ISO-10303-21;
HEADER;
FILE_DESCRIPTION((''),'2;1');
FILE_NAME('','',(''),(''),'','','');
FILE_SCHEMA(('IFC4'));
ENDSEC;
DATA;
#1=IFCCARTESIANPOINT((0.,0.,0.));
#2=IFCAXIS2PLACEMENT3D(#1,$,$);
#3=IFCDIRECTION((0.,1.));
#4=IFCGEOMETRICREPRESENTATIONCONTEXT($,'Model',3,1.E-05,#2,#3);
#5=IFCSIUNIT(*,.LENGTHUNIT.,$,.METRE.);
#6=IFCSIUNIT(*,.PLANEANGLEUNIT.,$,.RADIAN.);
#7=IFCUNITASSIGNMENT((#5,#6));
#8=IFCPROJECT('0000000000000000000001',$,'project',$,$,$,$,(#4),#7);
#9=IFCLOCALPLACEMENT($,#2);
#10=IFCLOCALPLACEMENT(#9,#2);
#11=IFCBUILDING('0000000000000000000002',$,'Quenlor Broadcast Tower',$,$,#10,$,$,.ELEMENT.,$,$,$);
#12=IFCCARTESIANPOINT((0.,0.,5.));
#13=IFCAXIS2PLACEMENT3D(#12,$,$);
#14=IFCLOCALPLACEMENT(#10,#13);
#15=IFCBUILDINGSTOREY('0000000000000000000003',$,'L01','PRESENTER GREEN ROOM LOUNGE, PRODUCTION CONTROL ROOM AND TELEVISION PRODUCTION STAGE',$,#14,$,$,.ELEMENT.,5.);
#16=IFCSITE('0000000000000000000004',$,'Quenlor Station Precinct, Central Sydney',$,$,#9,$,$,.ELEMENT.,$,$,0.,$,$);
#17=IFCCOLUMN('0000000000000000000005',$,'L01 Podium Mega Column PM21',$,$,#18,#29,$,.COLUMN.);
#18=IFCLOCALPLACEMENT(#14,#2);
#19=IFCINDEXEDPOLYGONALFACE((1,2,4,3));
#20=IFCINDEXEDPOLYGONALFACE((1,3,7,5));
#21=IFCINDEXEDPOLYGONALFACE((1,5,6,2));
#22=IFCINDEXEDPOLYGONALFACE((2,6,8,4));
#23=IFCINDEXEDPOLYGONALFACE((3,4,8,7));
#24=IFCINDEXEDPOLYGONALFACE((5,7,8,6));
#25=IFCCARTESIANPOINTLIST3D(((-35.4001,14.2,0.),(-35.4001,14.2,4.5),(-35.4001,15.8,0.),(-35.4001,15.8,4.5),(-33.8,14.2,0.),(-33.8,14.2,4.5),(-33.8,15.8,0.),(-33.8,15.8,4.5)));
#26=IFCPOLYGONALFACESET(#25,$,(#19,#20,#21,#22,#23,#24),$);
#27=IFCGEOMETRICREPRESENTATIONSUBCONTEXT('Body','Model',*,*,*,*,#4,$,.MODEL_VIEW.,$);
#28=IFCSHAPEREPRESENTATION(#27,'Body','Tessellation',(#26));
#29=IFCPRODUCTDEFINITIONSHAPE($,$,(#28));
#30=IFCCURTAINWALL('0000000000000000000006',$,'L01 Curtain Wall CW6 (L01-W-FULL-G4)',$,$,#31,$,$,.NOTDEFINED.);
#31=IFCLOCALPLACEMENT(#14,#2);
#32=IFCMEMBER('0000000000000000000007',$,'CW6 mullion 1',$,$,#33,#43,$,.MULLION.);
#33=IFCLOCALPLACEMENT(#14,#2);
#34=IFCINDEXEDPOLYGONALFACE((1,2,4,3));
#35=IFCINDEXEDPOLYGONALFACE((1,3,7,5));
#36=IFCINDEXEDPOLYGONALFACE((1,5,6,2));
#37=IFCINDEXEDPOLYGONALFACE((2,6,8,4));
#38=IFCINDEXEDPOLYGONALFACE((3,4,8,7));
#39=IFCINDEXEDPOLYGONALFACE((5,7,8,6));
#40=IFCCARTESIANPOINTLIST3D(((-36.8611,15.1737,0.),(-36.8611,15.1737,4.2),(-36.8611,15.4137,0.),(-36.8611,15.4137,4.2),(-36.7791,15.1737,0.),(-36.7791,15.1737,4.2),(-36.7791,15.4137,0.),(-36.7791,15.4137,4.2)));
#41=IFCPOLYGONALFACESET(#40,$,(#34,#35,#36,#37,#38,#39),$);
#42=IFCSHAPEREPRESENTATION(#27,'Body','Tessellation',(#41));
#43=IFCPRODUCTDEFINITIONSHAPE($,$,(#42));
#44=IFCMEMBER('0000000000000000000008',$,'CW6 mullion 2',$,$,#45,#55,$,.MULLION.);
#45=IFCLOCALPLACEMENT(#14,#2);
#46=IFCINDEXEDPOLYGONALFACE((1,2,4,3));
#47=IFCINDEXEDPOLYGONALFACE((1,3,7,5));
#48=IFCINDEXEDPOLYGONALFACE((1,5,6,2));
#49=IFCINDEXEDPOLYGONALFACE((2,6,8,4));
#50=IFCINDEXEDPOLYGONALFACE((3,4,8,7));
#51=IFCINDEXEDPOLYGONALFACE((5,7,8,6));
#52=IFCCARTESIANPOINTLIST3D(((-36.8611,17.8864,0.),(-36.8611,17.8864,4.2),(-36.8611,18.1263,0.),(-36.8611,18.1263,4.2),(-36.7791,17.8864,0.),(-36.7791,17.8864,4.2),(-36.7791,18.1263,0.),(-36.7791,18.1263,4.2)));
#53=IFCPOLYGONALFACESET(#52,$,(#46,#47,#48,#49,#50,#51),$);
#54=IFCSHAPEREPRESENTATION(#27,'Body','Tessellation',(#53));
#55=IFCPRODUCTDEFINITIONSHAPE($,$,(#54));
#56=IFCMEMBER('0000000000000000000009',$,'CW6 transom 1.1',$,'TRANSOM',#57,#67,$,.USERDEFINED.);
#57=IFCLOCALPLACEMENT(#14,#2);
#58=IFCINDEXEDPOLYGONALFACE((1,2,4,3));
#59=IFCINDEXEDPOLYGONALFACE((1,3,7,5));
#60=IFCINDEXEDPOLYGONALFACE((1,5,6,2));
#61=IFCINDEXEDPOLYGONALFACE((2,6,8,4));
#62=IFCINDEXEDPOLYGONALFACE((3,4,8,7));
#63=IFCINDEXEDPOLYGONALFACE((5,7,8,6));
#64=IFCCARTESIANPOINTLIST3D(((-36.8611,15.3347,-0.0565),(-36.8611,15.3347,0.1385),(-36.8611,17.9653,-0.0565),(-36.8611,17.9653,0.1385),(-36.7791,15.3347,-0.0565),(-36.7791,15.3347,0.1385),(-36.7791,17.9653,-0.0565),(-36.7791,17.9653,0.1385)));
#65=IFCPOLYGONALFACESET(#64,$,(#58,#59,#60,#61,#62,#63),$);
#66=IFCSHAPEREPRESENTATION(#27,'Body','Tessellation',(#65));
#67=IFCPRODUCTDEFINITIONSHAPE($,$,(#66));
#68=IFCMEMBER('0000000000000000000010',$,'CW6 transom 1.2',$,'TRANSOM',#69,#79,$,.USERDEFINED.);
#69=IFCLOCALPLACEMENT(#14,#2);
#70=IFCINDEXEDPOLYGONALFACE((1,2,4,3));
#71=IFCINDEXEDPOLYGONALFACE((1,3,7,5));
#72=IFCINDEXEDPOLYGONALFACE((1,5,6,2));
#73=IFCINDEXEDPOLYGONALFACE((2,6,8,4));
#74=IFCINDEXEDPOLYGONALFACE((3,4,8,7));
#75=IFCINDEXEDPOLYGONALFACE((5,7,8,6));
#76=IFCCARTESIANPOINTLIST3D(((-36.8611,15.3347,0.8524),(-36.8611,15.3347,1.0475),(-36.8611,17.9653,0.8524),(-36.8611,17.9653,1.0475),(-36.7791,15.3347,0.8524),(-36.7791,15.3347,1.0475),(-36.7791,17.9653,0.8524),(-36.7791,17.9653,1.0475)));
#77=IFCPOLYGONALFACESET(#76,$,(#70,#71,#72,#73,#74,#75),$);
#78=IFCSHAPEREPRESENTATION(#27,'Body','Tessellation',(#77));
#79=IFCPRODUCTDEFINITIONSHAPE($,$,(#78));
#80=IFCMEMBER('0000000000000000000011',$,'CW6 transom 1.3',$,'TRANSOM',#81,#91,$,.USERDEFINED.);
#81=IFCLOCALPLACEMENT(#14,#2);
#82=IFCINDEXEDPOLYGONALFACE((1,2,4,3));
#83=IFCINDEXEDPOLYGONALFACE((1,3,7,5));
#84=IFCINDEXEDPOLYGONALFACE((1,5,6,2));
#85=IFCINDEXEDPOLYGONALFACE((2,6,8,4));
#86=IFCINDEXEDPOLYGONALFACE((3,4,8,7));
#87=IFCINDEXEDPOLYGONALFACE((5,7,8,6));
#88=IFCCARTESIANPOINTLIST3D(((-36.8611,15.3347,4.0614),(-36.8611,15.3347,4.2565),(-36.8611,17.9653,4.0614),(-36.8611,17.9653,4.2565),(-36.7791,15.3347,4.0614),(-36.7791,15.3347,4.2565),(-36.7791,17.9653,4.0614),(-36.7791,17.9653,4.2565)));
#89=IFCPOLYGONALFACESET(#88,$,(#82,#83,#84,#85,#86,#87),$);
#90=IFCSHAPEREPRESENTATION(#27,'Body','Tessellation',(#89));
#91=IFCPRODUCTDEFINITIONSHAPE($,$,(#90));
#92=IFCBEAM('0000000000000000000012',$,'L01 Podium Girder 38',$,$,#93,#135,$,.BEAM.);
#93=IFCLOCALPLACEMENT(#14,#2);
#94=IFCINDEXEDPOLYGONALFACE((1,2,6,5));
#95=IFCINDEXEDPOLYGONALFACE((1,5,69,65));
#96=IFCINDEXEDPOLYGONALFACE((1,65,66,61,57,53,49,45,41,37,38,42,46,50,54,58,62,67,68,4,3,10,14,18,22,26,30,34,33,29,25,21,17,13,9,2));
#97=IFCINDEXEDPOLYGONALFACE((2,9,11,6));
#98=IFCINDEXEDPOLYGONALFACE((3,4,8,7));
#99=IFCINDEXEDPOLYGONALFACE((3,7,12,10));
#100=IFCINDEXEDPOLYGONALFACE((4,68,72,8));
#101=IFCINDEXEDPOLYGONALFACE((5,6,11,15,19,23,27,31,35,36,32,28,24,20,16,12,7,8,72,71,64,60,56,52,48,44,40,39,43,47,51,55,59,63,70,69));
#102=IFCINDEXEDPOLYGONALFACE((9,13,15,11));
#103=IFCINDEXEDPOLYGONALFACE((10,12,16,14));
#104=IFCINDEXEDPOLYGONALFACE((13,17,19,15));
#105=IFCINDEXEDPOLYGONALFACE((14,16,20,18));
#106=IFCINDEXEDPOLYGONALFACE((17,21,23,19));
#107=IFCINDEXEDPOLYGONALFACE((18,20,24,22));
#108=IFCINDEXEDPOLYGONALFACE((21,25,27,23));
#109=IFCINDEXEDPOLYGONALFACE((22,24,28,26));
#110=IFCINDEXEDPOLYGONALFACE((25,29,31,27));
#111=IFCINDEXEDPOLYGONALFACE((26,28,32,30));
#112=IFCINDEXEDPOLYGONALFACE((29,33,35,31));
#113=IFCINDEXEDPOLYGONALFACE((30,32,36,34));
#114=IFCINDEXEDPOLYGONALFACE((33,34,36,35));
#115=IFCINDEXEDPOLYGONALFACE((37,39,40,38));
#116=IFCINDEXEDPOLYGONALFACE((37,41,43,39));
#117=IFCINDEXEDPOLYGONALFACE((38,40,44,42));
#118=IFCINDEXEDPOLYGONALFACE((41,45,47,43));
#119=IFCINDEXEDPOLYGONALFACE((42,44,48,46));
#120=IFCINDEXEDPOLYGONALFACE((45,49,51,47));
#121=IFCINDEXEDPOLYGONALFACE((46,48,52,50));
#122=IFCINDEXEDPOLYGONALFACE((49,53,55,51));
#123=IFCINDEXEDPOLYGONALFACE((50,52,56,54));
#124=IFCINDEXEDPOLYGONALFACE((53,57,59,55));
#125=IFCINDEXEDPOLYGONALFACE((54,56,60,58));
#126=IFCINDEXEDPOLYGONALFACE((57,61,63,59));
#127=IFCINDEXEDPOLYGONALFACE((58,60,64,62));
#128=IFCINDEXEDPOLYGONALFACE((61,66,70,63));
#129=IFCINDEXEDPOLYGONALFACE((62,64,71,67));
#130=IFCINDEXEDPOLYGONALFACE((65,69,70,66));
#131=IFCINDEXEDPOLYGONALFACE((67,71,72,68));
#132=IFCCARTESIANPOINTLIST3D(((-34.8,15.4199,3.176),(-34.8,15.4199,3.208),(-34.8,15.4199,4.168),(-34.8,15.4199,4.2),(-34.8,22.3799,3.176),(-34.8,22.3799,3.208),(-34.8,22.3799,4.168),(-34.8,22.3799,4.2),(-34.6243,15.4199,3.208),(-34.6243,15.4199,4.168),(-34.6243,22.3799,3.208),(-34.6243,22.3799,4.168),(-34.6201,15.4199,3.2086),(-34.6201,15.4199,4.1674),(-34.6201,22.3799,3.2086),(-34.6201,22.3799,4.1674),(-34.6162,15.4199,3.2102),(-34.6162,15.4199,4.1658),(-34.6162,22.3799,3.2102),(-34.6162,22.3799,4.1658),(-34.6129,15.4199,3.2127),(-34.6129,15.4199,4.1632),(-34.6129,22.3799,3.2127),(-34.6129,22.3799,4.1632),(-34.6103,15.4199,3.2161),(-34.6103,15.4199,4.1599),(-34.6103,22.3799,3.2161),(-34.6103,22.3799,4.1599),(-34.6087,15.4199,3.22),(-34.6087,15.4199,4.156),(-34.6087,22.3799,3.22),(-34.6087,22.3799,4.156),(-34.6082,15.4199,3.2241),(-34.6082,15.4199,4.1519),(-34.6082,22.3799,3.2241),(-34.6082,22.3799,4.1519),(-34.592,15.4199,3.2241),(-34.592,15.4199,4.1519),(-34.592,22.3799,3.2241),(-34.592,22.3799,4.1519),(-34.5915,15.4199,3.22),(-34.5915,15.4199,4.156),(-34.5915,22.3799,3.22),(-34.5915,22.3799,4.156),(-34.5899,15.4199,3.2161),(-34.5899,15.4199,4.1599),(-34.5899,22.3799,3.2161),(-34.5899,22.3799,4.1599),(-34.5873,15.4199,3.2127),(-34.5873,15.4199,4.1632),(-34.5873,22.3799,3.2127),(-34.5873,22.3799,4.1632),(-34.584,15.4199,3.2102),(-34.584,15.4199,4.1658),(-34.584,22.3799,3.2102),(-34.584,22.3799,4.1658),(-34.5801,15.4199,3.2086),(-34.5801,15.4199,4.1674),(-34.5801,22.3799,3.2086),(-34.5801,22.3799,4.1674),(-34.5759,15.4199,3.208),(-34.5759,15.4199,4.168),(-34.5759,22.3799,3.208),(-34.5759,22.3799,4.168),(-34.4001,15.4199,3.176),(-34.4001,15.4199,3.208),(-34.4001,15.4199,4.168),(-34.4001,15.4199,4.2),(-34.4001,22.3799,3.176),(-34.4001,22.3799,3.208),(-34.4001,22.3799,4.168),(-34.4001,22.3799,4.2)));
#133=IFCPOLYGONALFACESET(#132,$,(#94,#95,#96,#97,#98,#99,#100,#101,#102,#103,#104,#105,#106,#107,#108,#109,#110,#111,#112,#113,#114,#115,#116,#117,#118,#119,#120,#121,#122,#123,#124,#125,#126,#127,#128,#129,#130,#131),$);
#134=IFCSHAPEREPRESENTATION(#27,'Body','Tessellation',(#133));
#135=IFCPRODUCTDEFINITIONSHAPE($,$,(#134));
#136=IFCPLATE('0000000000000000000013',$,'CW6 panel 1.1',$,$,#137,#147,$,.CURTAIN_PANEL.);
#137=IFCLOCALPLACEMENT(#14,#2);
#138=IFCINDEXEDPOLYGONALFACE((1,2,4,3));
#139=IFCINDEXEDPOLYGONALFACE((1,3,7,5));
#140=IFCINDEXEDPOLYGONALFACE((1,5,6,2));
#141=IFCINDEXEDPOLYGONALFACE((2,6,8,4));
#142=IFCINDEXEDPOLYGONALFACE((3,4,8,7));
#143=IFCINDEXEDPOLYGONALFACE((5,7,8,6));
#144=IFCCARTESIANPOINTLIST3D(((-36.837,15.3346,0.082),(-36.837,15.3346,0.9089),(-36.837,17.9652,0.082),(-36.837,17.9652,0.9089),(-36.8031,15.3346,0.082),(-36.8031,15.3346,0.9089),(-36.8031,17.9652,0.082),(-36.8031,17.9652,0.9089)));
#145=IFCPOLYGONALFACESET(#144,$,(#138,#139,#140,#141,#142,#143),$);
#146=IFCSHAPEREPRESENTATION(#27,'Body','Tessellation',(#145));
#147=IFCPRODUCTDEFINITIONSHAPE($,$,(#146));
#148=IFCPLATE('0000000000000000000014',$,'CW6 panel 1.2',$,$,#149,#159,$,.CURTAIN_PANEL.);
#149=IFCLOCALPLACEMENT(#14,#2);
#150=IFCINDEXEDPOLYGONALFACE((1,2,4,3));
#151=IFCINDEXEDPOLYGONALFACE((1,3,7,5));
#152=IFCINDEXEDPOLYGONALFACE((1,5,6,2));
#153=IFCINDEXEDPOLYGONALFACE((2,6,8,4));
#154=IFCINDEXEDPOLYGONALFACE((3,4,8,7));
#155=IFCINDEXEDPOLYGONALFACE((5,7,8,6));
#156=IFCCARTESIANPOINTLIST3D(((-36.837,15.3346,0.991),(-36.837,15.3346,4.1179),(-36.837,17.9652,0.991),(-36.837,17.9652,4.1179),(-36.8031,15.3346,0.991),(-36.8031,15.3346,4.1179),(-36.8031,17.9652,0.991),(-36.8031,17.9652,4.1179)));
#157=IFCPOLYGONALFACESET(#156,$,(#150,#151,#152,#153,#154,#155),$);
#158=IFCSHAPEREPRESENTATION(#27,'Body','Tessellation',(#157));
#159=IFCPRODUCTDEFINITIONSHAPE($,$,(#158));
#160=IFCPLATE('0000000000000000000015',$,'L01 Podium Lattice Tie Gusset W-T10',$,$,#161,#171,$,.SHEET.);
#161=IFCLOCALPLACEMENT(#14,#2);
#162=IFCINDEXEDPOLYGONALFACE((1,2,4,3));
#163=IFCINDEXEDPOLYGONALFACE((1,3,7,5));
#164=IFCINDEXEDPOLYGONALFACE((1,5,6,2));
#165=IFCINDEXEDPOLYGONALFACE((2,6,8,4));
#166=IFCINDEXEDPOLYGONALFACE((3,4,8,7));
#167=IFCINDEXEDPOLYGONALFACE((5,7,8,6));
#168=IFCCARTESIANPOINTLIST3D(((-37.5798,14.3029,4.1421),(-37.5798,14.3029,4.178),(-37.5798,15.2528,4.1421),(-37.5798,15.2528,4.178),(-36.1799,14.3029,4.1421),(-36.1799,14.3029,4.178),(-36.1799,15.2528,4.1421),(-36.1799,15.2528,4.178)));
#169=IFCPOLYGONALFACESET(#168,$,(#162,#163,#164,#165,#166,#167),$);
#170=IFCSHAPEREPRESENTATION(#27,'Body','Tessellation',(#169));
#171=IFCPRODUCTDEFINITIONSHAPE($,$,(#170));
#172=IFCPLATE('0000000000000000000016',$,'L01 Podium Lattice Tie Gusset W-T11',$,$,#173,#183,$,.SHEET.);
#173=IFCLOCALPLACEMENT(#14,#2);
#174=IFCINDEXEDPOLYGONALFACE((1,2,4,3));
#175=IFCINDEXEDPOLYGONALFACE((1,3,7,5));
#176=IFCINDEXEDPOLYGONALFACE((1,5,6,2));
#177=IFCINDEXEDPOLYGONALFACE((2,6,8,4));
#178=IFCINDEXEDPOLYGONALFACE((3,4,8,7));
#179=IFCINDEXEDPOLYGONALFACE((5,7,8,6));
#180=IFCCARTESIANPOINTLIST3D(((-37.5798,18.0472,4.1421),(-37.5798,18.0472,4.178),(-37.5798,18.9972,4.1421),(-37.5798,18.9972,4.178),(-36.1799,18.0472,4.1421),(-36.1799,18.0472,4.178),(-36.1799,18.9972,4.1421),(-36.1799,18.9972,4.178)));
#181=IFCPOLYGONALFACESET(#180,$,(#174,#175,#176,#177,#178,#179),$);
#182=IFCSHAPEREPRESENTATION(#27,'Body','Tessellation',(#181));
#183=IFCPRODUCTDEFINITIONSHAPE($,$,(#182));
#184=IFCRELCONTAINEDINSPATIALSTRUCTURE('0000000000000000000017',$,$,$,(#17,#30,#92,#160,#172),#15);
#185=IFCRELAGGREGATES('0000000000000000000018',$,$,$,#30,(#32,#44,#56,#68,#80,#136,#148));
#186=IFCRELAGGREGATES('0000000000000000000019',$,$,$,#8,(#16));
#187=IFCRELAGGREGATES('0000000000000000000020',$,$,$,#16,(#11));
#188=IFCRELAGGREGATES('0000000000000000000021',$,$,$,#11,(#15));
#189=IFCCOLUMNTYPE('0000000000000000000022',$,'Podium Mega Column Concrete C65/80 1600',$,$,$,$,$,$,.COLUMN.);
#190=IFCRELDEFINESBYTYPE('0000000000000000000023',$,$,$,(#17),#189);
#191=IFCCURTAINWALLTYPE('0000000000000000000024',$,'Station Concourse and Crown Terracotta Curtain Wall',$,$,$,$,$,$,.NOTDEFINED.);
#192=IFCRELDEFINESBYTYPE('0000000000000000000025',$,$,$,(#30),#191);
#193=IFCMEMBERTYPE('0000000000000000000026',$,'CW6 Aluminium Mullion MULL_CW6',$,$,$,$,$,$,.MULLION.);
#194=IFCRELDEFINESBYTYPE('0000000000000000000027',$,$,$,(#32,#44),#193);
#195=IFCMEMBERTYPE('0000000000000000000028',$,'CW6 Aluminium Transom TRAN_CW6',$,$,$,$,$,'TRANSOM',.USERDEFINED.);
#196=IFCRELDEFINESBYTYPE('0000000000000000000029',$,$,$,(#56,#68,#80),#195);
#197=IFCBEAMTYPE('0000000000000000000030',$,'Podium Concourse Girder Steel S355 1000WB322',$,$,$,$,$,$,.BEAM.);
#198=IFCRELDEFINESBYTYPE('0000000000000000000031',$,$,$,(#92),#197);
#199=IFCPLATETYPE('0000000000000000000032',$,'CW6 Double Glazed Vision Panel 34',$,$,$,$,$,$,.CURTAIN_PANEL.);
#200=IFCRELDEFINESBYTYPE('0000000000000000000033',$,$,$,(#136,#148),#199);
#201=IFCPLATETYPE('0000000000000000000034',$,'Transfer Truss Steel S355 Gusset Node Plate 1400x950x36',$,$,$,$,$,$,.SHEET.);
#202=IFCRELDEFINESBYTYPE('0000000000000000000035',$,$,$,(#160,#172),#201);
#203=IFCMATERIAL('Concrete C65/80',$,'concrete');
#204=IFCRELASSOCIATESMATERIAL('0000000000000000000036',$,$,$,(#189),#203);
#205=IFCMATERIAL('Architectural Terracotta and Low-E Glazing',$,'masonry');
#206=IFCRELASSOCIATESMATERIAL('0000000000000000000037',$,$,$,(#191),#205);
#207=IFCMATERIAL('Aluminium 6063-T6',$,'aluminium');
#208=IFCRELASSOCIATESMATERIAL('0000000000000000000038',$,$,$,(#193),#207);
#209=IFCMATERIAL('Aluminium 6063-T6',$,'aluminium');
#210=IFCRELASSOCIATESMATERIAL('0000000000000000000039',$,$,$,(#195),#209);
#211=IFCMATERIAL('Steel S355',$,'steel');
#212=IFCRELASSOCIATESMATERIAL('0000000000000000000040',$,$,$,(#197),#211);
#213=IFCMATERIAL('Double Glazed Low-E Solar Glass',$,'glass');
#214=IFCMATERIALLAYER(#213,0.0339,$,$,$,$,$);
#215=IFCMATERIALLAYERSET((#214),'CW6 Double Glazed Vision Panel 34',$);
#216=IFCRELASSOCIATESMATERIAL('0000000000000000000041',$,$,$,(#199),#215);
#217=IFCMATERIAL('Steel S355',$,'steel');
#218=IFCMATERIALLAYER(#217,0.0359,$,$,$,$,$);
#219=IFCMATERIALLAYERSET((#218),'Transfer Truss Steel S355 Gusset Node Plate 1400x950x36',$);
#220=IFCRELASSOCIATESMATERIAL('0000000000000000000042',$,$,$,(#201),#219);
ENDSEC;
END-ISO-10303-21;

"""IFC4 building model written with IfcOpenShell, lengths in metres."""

from ifc_helpers import new_model, si_unit, direction, frame, origin, origin_2d, place, context, subcontext, project, spatial, rectangle, i_section, extrude, material, layer, layer_set, material_profile, profile_set, type_object, element, aggregate, save


model = new_model("IFC4")

# Units and contexts
model_context = context("Model", 3, precision=1e-05, world=origin(), true_north=direction((0.0, 1.0)))
body_context = subcontext(model_context, "Body", "Model", "MODEL_VIEW")
ifc_project = project(units=[si_unit("LENGTHUNIT", "METRE"), si_unit("PLANEANGLEUNIT", "RADIAN")], contexts=[model_context])

# Site, building, storey
site_placement = place(None, origin())
site = spatial("IfcSite", under=ifc_project, at=site_placement, Name="Quenlor Station Precinct, Central Sydney", CompositionType="ELEMENT", RefElevation=0.0)
building_placement = place(site_placement, origin())
building = spatial("IfcBuilding", under=site, at=building_placement, Name="Quenlor Broadcast Tower", CompositionType="ELEMENT")
storey_placement = place(building_placement, frame((0.0, 0.0, 5.0)))
storey = spatial("IfcBuildingStorey", under=building, at=storey_placement, Name="L01", Description="PRESENTER GREEN ROOM LOUNGE, PRODUCTION CONTROL ROOM AND TELEVISION PRODUCTION STAGE", CompositionType="ELEMENT", Elevation=5.0)

# Column
ifc_material_1 = material(Name="Concrete C65/80", Category="concrete")
ifc_material_profile_1 = material_profile(ifc_material_1, rectangle(XDim=1.6001, YDim=1.6001, at=origin_2d()))
ifc_profile_set_1 = profile_set([ifc_material_profile_1], Name="Concrete C65/80 RC1600x1600")
column_type = type_object("IfcColumnType", Name="Podium Mega Column Concrete C65/80 1600", PredefinedType="COLUMN", material=ifc_profile_set_1)
column_placement = place(storey_placement, frame((-34.6001, 15.0, 0.0), z_axis=(0.0, 0.0, 1.0), x_axis=(1.0, 0.0, 0.0)))
element("IfcColumn", 1, at=column_placement, inside=storey, type_object=column_type, Name="L01 Podium Mega Column PM21", PredefinedType="COLUMN", context=body_context, shape_type="SweptSolid", body=[
    extrude(rectangle(XDim=1.6001, YDim=1.6001, at=origin_2d()), origin(), (0.0, 0.0, 1.0), 4.5),
])

# Curtain wall, members
ifc_material_2 = material(Name="Architectural Terracotta and Low-E Glazing", Category="masonry")
curtain_wall_type = type_object("IfcCurtainWallType", Name="Station Concourse and Crown Terracotta Curtain Wall", PredefinedType="NOTDEFINED", material=ifc_material_2)
curtain_wall_placement = place(storey_placement, origin())
curtain_wall = element("IfcCurtainWall", 2, at=curtain_wall_placement, inside=storey, type_object=curtain_wall_type, Name="L01 Curtain Wall CW6 (L01-W-FULL-G4)", PredefinedType="NOTDEFINED")
ifc_material_3 = material(Name="Aluminium 6063-T6", Category="aluminium")
ifc_material_profile_2 = material_profile(ifc_material_3, rectangle(XDim=0.082, YDim=0.24, at=origin_2d()))
ifc_profile_set_2 = profile_set([ifc_material_profile_2], Name="Aluminium 6063-T6 MULL82x240")
member_type_1 = type_object("IfcMemberType", Name="CW6 Aluminium Mullion MULL_CW6", PredefinedType="MULLION", material=ifc_profile_set_2)
member_1_placement = place(storey_placement, frame((-36.8201, 15.2937, 0.0), z_axis=(0.0, 0.0, 1.0), x_axis=(-1.0, 0.0, 0.0)))
member_1 = element("IfcMember", 3, at=member_1_placement, type_object=member_type_1, Name="CW6 mullion 1", PredefinedType="MULLION", context=body_context, shape_type="SweptSolid", body=[
    extrude(rectangle(XDim=0.082, YDim=0.24, at=origin_2d()), origin(), (0.0, 0.0, 1.0), 4.2),
])
member_2_placement = place(storey_placement, frame((-36.8201, 18.0063, 0.0), z_axis=(0.0, 0.0, 1.0), x_axis=(-1.0, 0.0, 0.0)))
member_2 = element("IfcMember", 4, at=member_2_placement, type_object=member_type_1, Name="CW6 mullion 2", PredefinedType="MULLION", context=body_context, shape_type="SweptSolid", body=[
    extrude(rectangle(XDim=0.082, YDim=0.24, at=origin_2d()), origin(), (0.0, 0.0, 1.0), 4.2),
])
ifc_material_4 = material(Name="Aluminium 6063-T6", Category="aluminium")
ifc_material_profile_3 = material_profile(ifc_material_4, rectangle(XDim=0.082, YDim=0.1951, at=origin_2d()))
ifc_profile_set_3 = profile_set([ifc_material_profile_3], Name="Aluminium 6063-T6 TRAN82x195")
member_type_2 = type_object("IfcMemberType", Name="CW6 Aluminium Transom TRAN_CW6", ElementType="TRANSOM", PredefinedType="USERDEFINED", material=ifc_profile_set_3)
member_3_placement = place(storey_placement, frame((-36.8201, 15.3347, 0.041), z_axis=(0.0, 1.0, 0.0), x_axis=(-1.0, 0.0, 0.0)))
member_3 = element("IfcMember", 5, at=member_3_placement, type_object=member_type_2, Name="CW6 transom 1.1", ObjectType="TRANSOM", PredefinedType="USERDEFINED", context=body_context, shape_type="SweptSolid", body=[
    extrude(rectangle(XDim=0.082, YDim=0.1951, at=origin_2d()), origin(), (0.0, 0.0, 1.0), 2.6306),
])
member_4_placement = place(storey_placement, frame((-36.8201, 15.3347, 0.95), z_axis=(0.0, 1.0, 0.0), x_axis=(-1.0, 0.0, 0.0)))
member_4 = element("IfcMember", 6, at=member_4_placement, type_object=member_type_2, Name="CW6 transom 1.2", ObjectType="TRANSOM", PredefinedType="USERDEFINED", context=body_context, shape_type="SweptSolid", body=[
    extrude(rectangle(XDim=0.082, YDim=0.1951, at=origin_2d()), origin(), (0.0, 0.0, 1.0), 2.6306),
])
member_5_placement = place(storey_placement, frame((-36.8201, 15.3347, 4.1589), z_axis=(0.0, 1.0, 0.0), x_axis=(-1.0, 0.0, 0.0)))
member_5 = element("IfcMember", 7, at=member_5_placement, type_object=member_type_2, Name="CW6 transom 1.3", ObjectType="TRANSOM", PredefinedType="USERDEFINED", context=body_context, shape_type="SweptSolid", body=[
    extrude(rectangle(XDim=0.082, YDim=0.1951, at=origin_2d()), origin(), (0.0, 0.0, 1.0), 2.6306),
])

# Beam
ifc_material_5 = material(Name="Steel S355", Category="steel")
ifc_material_profile_4 = material_profile(ifc_material_5, i_section(OverallWidth=0.3999, OverallDepth=1.0239, WebThickness=0.0161, FlangeThickness=0.032, FilletRadius=0.0161, at=origin_2d()))
ifc_profile_set_4 = profile_set([ifc_material_profile_4], Name="Steel S355 1000WB322")
beam_type = type_object("IfcBeamType", Name="Podium Concourse Girder Steel S355 1000WB322", PredefinedType="BEAM", material=ifc_profile_set_4)
beam_placement = place(storey_placement, frame((-34.6001, 15.4199, 3.688), z_axis=(0.0, 1.0, 0.0), x_axis=(-1.0, 0.0, 0.0)))
element("IfcBeam", 8, at=beam_placement, inside=storey, type_object=beam_type, Name="L01 Podium Girder 38", PredefinedType="BEAM", context=body_context, shape_type="SweptSolid", body=[
    extrude(i_section(OverallWidth=0.3999, OverallDepth=1.0239, WebThickness=0.0161, FlangeThickness=0.032, FilletRadius=0.0161, at=origin_2d()), origin(), (0.0, 0.0, 1.0), 6.96),
])

# Plates
ifc_material_6 = material(Name="Double Glazed Low-E Solar Glass", Category="glass")
ifc_layer_1 = layer(ifc_material_6, 0.0339)
ifc_layer_set_1 = layer_set([ifc_layer_1], Name="CW6 Double Glazed Vision Panel 34")
plate_type_1 = type_object("IfcPlateType", Name="CW6 Double Glazed Vision Panel 34", PredefinedType="CURTAIN_PANEL", material=ifc_layer_set_1)
plate_1_placement = place(storey_placement, frame((-36.8201, 16.6499, 0.082), z_axis=(0.0, 0.0, 1.0), x_axis=(0.0, 1.0, 0.0)))
plate_1 = element("IfcPlate", 9, at=plate_1_placement, type_object=plate_type_1, Name="CW6 panel 1.1", PredefinedType="CURTAIN_PANEL", context=body_context, shape_type="SweptSolid", body=[
    extrude(rectangle(XDim=2.6306, YDim=0.0339, at=origin_2d()), origin(), (0.0, 0.0, 1.0), 0.8269),
])
plate_2_placement = place(storey_placement, frame((-36.8201, 16.6499, 0.991), z_axis=(0.0, 0.0, 1.0), x_axis=(0.0, 1.0, 0.0)))
plate_2 = element("IfcPlate", 10, at=plate_2_placement, type_object=plate_type_1, Name="CW6 panel 1.2", PredefinedType="CURTAIN_PANEL", context=body_context, shape_type="SweptSolid", body=[
    extrude(rectangle(XDim=2.6306, YDim=0.0339, at=origin_2d()), origin(), (0.0, 0.0, 1.0), 3.127),
])
aggregate(curtain_wall, [member_1, member_2, member_3, member_4, member_5, plate_1, plate_2])

# Plates
ifc_material_7 = material(Name="Steel S355", Category="steel")
ifc_layer_2 = layer(ifc_material_7, 0.0359)
ifc_layer_set_2 = layer_set([ifc_layer_2], Name="Transfer Truss Steel S355 Gusset Node Plate 1400x950x36")
plate_type_2 = type_object("IfcPlateType", Name="Transfer Truss Steel S355 Gusset Node Plate 1400x950x36", PredefinedType="SHEET", material=ifc_layer_set_2)
for number, where, z_axis, x_axis, name in (
    (11, (-36.8799, 14.7778, 4.1421), (0.0, 0.0, 1.0), (-1.0, 0.0, 0.0), "L01 Podium Lattice Tie Gusset W-T10"),
    (12, (-36.8799, 18.5222, 4.1421), (0.0, 0.0, 1.0), (-1.0, 0.0, 0.0), "L01 Podium Lattice Tie Gusset W-T11"),
):
    element("IfcPlate", number, at=place(storey_placement, frame(where, z_axis=z_axis, x_axis=x_axis)), inside=storey, type_object=plate_type_2, Name=name, PredefinedType="SHEET", context=body_context, shape_type="SweptSolid", body=[
        extrude(rectangle(XDim=1.3999, YDim=0.95, at=origin_2d()), origin(), (0.0, 0.0, 1.0), 0.0359),
    ])

save(model, "model.ifc")
